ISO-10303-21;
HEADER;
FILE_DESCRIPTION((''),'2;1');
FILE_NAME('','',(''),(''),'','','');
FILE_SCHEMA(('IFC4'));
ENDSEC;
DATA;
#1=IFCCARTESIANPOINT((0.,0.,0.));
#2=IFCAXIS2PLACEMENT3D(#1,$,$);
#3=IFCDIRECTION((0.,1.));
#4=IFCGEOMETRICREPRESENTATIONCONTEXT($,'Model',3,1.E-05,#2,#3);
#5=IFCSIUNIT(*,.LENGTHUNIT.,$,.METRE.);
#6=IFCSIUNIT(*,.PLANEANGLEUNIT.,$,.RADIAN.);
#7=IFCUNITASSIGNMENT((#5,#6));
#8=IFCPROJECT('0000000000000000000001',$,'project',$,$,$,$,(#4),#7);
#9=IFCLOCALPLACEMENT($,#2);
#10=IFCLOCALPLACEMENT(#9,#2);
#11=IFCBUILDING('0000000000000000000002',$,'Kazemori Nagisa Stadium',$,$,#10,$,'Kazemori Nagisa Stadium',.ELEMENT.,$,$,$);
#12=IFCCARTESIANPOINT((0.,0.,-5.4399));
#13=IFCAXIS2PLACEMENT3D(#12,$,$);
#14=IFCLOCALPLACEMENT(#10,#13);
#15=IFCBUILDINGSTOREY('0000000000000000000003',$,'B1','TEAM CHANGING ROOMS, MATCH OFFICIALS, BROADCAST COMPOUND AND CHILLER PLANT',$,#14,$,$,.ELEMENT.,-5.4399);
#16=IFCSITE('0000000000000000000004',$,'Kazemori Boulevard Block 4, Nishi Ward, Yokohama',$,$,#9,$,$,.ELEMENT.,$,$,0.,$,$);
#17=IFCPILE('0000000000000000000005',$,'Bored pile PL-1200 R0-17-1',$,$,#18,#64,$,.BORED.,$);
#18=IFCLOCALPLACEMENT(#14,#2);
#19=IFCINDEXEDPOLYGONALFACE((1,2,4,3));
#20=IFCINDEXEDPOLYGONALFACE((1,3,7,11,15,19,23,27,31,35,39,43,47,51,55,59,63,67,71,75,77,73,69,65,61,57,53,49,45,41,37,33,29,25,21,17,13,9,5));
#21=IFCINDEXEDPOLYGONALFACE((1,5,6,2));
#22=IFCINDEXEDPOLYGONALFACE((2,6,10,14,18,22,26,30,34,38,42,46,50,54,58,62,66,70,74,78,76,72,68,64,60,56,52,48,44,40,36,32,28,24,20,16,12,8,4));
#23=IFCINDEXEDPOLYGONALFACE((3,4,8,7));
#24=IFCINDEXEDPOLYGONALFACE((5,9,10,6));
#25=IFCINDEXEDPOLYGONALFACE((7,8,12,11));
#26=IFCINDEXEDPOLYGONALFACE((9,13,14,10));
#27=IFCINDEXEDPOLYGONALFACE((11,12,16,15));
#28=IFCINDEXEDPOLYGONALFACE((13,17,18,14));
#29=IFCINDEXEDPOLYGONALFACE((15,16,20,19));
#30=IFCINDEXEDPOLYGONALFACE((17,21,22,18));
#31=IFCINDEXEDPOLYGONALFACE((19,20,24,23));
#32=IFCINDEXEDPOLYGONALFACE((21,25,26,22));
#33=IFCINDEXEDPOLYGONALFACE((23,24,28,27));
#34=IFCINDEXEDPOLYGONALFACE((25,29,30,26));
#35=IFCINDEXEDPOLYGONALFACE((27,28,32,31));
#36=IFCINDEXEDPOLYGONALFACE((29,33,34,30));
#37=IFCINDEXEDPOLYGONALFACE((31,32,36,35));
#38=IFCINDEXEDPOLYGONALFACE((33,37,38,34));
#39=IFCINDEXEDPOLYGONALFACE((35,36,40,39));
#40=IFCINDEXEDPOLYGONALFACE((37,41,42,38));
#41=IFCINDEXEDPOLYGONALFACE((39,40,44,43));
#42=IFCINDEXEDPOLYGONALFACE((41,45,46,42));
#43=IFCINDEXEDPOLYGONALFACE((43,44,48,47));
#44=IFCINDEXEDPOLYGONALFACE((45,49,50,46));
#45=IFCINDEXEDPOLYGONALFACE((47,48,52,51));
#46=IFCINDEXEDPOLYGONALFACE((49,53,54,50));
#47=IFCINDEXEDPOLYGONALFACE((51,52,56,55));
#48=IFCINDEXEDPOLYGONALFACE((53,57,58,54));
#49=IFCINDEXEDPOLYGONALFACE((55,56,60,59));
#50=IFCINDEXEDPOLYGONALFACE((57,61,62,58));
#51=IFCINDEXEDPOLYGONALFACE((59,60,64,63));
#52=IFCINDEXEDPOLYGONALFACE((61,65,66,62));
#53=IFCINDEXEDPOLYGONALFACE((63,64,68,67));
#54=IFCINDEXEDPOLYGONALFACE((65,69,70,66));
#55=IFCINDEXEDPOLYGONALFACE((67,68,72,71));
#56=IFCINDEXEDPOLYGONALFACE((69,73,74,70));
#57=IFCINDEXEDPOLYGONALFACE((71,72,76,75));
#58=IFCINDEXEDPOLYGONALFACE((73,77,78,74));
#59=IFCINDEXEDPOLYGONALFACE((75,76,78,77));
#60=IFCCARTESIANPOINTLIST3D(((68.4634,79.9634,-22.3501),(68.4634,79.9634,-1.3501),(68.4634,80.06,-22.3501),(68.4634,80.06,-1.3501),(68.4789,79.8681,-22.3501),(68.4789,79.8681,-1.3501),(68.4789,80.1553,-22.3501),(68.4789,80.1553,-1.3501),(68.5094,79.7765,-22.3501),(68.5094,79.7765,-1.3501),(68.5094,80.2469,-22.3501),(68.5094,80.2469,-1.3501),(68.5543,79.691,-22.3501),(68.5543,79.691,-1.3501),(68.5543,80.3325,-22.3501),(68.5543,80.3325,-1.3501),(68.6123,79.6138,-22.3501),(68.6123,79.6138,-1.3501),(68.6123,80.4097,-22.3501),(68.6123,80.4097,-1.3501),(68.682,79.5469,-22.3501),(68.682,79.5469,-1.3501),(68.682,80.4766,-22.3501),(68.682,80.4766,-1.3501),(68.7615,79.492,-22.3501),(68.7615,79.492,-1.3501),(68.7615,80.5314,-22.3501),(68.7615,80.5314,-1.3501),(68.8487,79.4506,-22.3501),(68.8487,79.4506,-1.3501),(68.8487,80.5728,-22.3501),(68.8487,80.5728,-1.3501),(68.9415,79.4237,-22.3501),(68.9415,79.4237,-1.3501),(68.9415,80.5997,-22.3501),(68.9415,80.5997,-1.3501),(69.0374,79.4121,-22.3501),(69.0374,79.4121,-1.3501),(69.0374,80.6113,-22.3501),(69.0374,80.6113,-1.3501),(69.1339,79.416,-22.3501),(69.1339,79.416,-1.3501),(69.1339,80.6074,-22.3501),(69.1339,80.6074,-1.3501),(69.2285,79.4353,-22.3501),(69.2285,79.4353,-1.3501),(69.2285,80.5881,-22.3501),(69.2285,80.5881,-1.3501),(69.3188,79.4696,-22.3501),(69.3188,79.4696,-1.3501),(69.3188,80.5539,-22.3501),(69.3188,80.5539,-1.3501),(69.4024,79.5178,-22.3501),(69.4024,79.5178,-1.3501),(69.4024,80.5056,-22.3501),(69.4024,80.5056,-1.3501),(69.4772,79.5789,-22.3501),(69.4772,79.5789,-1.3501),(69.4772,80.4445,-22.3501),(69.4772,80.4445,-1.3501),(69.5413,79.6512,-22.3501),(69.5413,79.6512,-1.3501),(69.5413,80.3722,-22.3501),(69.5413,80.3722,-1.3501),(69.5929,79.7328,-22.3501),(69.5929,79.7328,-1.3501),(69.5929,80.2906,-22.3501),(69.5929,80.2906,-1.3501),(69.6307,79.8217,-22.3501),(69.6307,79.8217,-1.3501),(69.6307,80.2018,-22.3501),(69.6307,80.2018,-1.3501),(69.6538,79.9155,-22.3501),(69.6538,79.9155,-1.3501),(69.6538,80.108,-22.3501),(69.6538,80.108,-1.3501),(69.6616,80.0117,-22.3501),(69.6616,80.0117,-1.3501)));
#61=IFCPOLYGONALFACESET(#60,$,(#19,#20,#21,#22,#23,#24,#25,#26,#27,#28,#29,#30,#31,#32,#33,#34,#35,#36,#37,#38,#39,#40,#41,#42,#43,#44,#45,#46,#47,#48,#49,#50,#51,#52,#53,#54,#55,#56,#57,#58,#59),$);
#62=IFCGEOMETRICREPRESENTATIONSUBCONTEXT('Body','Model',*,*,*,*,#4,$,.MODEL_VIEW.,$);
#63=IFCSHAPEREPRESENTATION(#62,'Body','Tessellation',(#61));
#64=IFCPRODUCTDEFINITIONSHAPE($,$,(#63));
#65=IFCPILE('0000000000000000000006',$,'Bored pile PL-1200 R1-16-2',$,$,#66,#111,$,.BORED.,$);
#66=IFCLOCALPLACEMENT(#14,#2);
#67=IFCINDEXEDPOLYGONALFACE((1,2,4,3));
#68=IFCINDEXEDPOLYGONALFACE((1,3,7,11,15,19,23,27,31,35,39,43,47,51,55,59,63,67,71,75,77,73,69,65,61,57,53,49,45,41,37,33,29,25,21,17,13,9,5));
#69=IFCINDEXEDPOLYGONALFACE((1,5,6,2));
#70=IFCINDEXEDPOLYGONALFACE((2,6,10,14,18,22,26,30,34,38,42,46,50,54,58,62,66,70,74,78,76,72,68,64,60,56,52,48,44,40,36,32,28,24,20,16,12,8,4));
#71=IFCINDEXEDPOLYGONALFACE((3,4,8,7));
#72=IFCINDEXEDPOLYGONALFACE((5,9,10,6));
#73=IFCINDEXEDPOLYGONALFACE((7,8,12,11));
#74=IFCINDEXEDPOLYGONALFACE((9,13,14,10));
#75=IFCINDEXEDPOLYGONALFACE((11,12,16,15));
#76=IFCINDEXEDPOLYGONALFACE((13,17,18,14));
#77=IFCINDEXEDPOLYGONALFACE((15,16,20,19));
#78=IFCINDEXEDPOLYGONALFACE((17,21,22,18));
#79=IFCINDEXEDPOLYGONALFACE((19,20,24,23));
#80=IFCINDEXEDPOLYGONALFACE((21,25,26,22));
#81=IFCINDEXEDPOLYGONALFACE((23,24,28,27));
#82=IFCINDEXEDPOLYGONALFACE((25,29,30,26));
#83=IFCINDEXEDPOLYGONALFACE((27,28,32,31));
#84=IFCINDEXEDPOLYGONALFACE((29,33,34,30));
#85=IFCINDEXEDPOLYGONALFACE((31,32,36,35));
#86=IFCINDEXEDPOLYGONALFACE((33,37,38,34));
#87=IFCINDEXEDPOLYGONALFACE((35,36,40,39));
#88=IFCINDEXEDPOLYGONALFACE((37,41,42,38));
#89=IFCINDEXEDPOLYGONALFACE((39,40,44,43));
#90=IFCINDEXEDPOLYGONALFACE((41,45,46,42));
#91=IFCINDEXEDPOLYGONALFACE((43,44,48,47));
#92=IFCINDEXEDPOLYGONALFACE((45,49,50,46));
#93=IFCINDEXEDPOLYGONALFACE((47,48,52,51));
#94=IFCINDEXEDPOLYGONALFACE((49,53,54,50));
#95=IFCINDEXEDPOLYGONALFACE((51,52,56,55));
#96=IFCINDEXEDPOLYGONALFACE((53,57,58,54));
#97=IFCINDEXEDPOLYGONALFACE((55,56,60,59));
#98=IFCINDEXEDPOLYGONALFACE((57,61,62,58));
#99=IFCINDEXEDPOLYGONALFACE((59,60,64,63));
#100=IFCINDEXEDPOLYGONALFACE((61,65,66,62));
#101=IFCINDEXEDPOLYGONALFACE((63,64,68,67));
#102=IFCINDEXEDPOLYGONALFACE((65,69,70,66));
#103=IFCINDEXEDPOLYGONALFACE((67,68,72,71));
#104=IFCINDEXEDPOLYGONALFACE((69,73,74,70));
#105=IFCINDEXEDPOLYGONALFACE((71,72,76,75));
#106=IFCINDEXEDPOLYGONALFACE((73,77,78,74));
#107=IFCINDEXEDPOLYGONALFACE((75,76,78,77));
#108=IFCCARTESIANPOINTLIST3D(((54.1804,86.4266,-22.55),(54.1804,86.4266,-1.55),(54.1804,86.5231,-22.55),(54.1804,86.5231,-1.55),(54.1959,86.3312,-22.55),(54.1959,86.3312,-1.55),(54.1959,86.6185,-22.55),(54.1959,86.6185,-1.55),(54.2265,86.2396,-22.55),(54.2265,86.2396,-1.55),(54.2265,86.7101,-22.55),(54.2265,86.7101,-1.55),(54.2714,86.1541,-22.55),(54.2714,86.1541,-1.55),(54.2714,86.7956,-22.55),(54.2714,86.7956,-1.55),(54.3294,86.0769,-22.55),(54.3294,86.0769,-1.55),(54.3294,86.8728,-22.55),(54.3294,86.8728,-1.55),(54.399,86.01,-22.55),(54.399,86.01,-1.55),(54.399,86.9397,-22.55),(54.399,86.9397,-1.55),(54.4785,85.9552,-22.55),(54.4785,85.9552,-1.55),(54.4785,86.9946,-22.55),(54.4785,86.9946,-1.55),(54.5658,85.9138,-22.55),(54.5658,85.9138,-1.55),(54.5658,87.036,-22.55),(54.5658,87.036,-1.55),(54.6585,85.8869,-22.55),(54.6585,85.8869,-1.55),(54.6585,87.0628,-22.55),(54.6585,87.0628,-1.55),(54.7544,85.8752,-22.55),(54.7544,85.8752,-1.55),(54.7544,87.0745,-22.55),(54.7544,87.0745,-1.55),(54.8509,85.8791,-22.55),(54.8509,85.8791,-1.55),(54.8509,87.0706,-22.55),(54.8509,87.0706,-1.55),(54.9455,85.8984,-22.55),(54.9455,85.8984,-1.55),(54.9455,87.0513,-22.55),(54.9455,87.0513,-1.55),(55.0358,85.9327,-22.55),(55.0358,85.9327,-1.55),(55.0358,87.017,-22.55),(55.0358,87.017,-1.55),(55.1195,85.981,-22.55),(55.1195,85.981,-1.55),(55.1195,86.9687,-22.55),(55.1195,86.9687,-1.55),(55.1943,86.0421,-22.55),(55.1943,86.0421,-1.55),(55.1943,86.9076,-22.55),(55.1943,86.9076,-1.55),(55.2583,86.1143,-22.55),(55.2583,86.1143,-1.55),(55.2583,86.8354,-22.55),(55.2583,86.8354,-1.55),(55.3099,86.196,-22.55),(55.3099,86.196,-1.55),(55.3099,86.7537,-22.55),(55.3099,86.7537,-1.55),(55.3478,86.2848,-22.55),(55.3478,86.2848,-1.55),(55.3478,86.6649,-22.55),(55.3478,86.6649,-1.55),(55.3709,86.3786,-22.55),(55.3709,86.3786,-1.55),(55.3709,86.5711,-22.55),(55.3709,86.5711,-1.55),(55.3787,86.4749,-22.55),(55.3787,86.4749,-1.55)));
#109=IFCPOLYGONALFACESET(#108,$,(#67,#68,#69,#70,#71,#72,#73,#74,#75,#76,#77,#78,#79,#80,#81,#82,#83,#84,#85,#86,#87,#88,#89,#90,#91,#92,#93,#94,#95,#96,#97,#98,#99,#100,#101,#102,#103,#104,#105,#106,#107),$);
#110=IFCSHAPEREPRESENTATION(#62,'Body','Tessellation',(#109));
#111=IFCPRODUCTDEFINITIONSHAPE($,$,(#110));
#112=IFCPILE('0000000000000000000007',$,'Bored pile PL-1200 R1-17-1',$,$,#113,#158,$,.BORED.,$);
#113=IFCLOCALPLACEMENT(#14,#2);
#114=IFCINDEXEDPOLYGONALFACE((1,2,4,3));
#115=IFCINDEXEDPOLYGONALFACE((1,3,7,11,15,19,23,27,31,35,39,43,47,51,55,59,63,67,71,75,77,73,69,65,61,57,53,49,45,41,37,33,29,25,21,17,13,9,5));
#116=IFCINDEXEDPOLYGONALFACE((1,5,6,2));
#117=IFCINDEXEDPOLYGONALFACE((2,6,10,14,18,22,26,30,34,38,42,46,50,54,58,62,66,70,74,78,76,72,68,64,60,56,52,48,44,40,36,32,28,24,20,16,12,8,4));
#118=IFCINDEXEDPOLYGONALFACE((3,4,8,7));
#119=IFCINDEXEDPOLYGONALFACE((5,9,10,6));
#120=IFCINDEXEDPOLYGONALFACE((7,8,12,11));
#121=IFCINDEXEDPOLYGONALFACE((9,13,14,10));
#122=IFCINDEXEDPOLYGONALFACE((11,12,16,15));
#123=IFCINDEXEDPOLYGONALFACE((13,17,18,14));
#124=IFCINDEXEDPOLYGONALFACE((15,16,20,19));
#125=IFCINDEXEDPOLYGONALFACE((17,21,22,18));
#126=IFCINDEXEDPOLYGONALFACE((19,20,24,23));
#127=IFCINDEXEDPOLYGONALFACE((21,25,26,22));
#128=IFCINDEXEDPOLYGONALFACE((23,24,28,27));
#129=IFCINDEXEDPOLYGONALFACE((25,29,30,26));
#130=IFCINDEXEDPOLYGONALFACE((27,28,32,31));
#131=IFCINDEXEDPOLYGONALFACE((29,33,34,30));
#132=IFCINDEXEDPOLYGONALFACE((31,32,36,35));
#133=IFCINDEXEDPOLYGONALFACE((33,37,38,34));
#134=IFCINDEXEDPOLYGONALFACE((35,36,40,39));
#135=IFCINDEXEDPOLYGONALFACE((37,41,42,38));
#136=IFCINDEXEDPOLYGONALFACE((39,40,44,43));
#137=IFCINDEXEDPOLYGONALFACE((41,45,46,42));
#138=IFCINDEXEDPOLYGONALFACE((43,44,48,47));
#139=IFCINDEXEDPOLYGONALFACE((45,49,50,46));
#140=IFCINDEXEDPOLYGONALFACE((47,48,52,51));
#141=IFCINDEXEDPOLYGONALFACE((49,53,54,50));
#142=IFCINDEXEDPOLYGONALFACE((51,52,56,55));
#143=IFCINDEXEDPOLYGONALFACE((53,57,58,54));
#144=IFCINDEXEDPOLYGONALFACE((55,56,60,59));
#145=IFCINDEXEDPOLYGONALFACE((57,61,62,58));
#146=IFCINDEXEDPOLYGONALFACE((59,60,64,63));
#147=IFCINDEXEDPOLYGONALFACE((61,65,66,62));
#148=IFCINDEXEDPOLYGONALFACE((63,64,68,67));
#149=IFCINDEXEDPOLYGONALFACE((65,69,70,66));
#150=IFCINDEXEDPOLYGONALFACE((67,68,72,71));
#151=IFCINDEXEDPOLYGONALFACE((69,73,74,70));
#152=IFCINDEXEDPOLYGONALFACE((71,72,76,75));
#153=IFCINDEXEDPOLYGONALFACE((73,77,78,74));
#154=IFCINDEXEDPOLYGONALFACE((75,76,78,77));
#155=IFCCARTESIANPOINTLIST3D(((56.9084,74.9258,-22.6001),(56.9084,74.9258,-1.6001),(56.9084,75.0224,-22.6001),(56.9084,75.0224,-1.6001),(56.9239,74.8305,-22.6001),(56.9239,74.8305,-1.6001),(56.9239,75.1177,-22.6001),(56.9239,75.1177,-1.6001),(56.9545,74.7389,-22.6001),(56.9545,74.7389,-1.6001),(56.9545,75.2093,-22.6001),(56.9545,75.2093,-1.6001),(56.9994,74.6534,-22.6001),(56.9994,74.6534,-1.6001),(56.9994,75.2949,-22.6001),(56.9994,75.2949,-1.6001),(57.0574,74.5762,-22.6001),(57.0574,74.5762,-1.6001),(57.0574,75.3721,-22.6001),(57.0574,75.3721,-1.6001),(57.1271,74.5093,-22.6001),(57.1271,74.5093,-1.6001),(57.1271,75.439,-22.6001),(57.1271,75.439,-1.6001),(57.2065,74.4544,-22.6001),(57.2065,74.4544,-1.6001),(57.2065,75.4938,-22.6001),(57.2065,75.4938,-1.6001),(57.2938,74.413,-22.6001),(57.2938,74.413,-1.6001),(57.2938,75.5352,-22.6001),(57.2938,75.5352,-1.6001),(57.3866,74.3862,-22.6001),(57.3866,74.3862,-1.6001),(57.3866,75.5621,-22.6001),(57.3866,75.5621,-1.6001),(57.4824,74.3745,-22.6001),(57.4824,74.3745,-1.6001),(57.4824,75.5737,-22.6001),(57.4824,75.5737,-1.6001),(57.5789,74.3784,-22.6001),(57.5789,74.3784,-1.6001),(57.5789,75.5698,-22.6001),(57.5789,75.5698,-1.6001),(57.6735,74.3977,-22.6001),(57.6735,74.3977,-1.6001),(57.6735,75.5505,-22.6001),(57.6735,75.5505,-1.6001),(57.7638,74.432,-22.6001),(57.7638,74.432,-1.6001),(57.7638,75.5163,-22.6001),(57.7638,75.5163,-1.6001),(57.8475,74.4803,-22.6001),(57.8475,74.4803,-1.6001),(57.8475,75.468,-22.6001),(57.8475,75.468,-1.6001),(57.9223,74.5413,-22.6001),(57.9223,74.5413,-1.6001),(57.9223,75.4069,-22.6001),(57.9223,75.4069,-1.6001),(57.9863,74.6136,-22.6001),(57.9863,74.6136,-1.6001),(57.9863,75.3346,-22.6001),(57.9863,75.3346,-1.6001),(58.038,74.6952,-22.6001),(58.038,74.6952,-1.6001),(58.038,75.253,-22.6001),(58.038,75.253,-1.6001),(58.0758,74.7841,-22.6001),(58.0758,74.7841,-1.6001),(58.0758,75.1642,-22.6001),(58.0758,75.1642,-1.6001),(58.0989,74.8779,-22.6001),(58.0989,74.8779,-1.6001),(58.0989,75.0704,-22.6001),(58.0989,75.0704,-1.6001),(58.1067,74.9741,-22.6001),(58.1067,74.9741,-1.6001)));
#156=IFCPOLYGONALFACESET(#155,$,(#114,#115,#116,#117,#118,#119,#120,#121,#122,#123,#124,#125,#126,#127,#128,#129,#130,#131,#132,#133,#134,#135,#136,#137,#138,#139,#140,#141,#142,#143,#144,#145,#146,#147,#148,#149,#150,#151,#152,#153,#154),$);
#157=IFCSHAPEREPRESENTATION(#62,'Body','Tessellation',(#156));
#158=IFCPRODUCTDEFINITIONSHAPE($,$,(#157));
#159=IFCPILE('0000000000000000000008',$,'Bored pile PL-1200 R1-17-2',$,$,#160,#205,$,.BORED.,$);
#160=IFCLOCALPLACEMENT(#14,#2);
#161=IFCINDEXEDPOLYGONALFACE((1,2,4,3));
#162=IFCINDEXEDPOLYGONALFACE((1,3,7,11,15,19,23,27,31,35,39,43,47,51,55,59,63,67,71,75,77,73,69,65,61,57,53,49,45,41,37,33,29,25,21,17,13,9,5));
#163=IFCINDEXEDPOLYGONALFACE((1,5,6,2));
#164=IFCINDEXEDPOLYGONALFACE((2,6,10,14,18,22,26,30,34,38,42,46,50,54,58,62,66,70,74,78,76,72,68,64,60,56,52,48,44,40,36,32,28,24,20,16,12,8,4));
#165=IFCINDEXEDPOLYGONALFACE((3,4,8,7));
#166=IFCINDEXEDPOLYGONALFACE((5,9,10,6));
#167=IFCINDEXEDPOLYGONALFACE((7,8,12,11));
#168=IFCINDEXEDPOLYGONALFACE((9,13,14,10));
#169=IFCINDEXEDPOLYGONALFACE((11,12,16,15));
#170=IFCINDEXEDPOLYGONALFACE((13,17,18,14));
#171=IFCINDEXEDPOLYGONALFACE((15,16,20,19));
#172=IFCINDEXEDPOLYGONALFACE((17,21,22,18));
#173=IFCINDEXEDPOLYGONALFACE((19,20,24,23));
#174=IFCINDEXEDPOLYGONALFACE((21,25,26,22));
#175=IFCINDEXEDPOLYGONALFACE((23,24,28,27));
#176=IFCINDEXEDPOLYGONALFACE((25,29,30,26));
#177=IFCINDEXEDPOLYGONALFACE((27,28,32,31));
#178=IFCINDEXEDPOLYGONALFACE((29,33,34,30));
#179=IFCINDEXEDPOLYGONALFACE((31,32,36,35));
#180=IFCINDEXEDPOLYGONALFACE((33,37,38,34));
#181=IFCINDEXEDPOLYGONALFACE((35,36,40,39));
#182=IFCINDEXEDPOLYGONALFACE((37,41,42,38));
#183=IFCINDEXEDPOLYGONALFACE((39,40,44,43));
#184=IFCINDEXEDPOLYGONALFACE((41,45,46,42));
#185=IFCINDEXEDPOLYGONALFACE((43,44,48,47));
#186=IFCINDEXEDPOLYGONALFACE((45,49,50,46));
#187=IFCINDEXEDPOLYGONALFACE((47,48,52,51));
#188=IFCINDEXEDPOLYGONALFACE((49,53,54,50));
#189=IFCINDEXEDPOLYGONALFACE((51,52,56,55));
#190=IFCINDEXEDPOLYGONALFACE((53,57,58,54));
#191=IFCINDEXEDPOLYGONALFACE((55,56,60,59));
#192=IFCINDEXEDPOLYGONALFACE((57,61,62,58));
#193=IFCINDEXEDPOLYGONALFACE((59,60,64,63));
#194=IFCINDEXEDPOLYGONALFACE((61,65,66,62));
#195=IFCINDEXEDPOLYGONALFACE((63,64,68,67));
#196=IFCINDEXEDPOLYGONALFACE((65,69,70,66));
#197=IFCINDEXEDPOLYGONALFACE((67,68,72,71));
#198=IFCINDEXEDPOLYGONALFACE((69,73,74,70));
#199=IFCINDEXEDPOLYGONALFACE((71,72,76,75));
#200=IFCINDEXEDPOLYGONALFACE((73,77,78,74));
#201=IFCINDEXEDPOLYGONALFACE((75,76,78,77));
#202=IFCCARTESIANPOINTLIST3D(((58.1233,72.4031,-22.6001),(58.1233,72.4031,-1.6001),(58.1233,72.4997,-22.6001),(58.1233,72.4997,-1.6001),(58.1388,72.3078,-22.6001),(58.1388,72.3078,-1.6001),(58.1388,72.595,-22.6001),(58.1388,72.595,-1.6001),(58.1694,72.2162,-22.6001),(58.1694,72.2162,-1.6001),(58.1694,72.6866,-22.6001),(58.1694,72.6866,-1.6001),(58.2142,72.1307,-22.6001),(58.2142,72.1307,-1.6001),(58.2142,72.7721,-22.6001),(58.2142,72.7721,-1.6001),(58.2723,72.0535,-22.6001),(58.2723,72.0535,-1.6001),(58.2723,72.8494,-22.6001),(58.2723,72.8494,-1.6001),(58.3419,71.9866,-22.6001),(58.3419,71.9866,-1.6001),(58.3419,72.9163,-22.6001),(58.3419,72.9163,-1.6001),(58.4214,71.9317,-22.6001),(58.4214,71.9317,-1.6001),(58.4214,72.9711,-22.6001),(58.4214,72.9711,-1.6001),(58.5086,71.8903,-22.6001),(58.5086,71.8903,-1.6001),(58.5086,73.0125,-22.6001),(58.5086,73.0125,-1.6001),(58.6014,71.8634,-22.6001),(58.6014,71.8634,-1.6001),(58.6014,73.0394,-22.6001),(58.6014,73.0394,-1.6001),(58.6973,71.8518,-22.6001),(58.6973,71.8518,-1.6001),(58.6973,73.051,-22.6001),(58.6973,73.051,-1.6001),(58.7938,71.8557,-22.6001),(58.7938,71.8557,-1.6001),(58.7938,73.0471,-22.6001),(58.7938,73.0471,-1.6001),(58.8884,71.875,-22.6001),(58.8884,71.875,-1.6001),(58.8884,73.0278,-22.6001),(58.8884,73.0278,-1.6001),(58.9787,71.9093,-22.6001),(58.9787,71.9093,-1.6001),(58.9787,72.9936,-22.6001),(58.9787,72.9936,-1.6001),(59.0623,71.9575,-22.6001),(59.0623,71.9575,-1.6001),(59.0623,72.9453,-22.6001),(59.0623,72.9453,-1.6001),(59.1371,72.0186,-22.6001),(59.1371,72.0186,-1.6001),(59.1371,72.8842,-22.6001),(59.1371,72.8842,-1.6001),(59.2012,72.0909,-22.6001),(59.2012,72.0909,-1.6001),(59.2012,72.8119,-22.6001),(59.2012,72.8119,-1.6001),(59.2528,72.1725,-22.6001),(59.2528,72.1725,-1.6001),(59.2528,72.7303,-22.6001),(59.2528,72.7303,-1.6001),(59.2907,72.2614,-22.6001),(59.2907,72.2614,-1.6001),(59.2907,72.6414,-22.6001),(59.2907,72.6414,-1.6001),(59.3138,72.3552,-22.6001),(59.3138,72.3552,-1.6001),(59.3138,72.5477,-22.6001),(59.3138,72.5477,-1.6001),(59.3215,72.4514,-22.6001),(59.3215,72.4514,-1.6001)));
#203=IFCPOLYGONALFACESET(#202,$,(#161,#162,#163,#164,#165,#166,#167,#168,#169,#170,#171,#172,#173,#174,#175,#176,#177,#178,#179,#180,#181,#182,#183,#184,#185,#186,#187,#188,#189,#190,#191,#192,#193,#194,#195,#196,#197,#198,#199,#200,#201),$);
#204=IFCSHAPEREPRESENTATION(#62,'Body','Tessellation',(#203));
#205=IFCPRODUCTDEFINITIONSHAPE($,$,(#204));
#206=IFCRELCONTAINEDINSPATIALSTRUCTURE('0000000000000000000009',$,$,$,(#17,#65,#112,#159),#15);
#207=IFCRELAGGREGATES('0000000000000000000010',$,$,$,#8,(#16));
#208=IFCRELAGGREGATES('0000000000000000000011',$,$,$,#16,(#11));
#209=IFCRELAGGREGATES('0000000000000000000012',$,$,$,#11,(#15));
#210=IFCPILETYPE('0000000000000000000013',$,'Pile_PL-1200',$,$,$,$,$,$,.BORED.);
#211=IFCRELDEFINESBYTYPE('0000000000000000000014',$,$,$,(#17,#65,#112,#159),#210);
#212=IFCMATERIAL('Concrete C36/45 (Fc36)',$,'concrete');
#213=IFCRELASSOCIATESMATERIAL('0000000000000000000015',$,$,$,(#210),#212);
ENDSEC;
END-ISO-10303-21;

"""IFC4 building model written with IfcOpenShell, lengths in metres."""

from ifc_helpers import new_model, si_unit, direction, frame, origin, origin_2d, place, context, subcontext, project, spatial, circle, extrude, material, material_profile, profile_set, type_object, element, save


model = new_model("IFC4")

# Units and contexts
model_context = context("Model", 3, precision=1e-05, world=origin(), true_north=direction((0.0, 1.0)))
body_context = subcontext(model_context, "Body", "Model", "MODEL_VIEW")
ifc_project = project(units=[si_unit("LENGTHUNIT", "METRE"), si_unit("PLANEANGLEUNIT", "RADIAN")], contexts=[model_context])

# Site, building, storey
site_placement = place(None, origin())
site = spatial("IfcSite", under=ifc_project, at=site_placement, Name="Kazemori Boulevard Block 4, Nishi Ward, Yokohama", CompositionType="ELEMENT", RefElevation=0.0)
building_placement = place(site_placement, origin())
building = spatial("IfcBuilding", under=site, at=building_placement, Name="Kazemori Nagisa Stadium", LongName="Kazemori Nagisa Stadium", CompositionType="ELEMENT")
storey_placement = place(building_placement, frame((0.0, 0.0, -5.4399)))
storey = spatial("IfcBuildingStorey", under=building, at=storey_placement, Name="B1", Description="TEAM CHANGING ROOMS, MATCH OFFICIALS, BROADCAST COMPOUND AND CHILLER PLANT", CompositionType="ELEMENT", Elevation=-5.4399)

# Piles
ifc_material_1 = material(Name="Concrete C36/45 (Fc36)", Category="concrete")
ifc_material_profile_1 = material_profile(ifc_material_1, circle(Radius=0.6001, at=origin_2d()), Name="PILE-D1200")
ifc_profile_set_1 = profile_set([ifc_material_profile_1], Name="Concrete C36/45 (Fc36)")
pile_type = type_object("IfcPileType", Name="Pile_PL-1200", PredefinedType="BORED", material=ifc_profile_set_1)
for number, where, z_axis, x_axis, name in (
    (1, (69.0615, 80.0117, -1.3501), (0.0, 0.0, -1.0), (1.0, 0.0, 0.0), "Bored pile PL-1200 R0-17-1"),
    (2, (54.7786, 86.4749, -1.55), (0.0, 0.0, -1.0), (1.0, 0.0, 0.0), "Bored pile PL-1200 R1-16-2"),
    (3, (57.5066, 74.9741, -1.6001), (0.0, 0.0, -1.0), (1.0, 0.0, 0.0), "Bored pile PL-1200 R1-17-1"),
    (4, (58.7214, 72.4514, -1.6001), (0.0, 0.0, -1.0), (1.0, 0.0, 0.0), "Bored pile PL-1200 R1-17-2"),
):
    element("IfcPile", number, at=place(storey_placement, frame(where, z_axis=z_axis, x_axis=x_axis)), inside=storey, type_object=pile_type, Name=name, PredefinedType="BORED", context=body_context, shape_type="SweptSolid", body=[
        extrude(circle(Radius=0.6001, at=origin_2d()), origin(), (0.0, 0.0, 1.0), 21.0),
    ])

save(model, "model.ifc")
